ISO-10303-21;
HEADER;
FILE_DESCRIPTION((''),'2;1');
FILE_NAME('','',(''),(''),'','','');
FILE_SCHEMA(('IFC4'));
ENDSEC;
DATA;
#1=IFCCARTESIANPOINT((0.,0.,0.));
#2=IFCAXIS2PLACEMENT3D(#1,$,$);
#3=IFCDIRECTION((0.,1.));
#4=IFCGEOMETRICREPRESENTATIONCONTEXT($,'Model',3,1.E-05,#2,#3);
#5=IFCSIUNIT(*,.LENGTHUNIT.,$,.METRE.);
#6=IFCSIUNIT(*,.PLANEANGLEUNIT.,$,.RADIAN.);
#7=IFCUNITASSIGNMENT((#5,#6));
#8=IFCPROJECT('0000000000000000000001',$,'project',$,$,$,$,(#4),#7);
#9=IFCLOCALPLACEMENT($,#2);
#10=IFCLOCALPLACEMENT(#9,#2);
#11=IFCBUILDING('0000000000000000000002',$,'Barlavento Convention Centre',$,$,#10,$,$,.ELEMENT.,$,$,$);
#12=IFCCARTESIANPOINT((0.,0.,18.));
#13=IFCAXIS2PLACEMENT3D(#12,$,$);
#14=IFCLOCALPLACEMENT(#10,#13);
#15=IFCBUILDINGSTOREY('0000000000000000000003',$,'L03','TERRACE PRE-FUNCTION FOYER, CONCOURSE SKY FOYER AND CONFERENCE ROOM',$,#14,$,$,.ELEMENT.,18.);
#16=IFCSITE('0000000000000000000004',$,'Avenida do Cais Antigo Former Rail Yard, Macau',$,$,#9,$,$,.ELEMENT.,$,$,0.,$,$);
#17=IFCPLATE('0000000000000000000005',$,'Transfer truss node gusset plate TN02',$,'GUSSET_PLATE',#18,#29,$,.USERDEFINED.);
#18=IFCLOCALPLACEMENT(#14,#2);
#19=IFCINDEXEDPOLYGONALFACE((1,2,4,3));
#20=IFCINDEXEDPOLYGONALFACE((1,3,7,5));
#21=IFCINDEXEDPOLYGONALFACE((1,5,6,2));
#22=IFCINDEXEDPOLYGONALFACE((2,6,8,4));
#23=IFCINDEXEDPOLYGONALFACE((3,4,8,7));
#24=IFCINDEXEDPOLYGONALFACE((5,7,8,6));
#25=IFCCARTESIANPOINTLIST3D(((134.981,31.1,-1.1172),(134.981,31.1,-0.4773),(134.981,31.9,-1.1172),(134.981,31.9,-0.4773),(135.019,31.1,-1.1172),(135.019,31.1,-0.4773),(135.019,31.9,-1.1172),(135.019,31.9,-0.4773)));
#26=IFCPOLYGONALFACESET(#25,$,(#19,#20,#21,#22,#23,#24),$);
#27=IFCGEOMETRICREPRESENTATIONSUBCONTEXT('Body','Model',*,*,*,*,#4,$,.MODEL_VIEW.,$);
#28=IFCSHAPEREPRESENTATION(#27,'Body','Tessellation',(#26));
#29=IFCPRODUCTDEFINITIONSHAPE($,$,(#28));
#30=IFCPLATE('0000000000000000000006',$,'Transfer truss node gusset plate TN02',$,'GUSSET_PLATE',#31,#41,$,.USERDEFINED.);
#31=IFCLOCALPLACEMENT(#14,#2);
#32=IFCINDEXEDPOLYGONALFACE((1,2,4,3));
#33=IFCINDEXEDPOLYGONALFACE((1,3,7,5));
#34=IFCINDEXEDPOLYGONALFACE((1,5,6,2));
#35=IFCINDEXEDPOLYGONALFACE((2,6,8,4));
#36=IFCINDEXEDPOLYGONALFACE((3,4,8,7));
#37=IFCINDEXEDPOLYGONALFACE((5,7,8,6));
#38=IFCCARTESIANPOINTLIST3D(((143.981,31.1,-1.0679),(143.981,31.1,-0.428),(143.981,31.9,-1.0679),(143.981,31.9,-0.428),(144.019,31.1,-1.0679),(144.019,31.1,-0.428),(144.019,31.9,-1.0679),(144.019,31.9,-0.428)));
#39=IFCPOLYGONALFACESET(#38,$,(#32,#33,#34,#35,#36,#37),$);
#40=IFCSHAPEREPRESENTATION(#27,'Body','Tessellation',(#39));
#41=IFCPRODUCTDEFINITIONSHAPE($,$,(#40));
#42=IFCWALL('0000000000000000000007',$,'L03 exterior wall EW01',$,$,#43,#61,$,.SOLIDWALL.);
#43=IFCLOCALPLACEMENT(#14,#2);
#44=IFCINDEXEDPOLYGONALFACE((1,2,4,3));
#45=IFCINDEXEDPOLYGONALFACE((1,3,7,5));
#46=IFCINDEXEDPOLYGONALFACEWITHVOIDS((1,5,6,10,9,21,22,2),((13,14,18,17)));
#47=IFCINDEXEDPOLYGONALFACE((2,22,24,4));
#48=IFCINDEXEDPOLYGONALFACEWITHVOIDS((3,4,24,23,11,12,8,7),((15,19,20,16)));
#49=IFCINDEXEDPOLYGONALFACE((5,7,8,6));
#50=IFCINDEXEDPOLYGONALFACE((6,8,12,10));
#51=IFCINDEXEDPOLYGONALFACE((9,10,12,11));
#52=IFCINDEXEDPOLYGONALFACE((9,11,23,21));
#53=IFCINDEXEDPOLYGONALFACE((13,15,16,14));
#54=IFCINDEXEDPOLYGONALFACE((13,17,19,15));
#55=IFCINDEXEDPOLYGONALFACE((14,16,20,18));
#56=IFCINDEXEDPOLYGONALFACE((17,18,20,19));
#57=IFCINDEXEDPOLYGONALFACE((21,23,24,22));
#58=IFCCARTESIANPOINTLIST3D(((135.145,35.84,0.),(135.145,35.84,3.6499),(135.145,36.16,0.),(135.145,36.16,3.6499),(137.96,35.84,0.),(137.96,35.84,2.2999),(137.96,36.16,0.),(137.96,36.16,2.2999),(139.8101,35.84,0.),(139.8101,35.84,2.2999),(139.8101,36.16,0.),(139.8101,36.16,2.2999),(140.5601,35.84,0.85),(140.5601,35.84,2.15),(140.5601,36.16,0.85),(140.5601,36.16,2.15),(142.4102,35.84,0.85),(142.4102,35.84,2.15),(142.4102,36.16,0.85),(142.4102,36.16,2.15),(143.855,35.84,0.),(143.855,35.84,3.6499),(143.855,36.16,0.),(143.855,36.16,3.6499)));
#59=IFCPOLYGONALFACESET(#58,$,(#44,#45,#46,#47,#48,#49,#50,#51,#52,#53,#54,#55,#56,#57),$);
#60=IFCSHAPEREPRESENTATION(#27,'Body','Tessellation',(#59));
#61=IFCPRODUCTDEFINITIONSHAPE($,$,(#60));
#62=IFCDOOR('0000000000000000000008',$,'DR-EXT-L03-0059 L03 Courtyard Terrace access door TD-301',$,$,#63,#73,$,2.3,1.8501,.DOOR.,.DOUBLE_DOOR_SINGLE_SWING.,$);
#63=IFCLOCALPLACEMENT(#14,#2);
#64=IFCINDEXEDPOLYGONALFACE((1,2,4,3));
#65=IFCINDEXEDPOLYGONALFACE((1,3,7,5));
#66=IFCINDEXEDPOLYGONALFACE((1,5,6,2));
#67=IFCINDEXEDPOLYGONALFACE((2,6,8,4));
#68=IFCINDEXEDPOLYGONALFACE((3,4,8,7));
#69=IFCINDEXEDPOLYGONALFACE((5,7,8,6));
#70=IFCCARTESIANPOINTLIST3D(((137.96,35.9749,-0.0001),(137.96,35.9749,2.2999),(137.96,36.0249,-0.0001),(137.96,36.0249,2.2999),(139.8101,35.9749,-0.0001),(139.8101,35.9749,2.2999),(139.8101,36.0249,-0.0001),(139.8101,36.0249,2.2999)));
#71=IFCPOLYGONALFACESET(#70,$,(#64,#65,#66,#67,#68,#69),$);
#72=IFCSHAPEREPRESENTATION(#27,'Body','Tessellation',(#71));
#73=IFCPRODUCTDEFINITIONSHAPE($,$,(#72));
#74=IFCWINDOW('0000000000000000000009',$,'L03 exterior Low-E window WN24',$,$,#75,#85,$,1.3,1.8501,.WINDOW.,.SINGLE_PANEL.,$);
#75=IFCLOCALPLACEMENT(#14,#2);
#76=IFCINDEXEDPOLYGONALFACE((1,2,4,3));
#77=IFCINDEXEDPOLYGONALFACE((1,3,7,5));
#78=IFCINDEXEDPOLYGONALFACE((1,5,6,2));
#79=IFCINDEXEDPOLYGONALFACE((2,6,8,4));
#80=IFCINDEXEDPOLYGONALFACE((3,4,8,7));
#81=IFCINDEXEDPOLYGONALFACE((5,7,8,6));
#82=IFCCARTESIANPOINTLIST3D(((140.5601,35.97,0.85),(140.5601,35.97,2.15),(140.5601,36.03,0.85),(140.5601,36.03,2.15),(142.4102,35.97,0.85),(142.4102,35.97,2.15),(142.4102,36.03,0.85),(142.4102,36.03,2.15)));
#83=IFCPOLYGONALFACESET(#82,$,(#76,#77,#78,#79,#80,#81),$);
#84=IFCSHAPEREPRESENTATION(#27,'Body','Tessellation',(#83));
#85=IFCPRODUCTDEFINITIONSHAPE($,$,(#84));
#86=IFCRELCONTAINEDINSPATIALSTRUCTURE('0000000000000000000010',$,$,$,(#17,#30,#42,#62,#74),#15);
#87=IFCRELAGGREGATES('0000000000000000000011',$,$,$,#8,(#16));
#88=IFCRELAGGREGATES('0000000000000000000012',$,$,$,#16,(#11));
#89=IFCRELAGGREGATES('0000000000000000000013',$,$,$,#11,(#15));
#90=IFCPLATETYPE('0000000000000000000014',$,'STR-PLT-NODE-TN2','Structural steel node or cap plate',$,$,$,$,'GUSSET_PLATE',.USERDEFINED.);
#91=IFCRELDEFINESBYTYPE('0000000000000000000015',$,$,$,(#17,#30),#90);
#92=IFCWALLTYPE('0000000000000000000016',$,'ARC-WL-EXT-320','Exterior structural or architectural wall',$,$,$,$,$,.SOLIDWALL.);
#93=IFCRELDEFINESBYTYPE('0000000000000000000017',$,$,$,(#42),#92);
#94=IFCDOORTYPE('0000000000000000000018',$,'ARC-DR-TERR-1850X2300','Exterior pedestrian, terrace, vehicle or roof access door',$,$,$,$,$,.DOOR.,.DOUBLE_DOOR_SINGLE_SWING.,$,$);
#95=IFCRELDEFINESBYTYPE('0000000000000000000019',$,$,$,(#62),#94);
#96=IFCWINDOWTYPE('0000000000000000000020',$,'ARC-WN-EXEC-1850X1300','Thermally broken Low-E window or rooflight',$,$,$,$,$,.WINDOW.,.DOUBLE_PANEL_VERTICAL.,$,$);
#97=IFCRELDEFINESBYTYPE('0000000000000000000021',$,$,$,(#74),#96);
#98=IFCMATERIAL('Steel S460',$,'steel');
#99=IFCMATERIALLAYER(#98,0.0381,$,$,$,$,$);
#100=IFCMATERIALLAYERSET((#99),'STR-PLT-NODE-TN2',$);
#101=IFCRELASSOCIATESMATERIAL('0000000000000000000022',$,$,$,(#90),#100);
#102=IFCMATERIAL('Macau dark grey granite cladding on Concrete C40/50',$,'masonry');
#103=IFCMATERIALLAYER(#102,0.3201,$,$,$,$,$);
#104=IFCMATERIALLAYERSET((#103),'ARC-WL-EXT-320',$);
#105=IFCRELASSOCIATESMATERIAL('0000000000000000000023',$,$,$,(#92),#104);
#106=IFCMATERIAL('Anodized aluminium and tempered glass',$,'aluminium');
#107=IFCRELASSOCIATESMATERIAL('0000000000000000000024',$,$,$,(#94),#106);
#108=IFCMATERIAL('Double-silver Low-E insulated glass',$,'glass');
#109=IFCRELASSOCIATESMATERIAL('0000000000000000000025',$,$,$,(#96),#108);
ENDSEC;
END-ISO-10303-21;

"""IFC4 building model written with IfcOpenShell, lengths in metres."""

from ifc_helpers import new_model, si_unit, direction, frame, frame_2d, origin, origin_2d, place, context, subcontext, project, spatial, rectangle, extrude, material, layer, layer_set, type_object, element, fill, save


model = new_model("IFC4")

# Units and contexts
model_context = context("Model", 3, precision=1e-05, world=origin(), true_north=direction((0.0, 1.0)))
body_context = subcontext(model_context, "Body", "Model", "MODEL_VIEW")
ifc_project = project(units=[si_unit("LENGTHUNIT", "METRE"), si_unit("PLANEANGLEUNIT", "RADIAN")], contexts=[model_context])

# Site, building, storey
site_placement = place(None, origin())
site = spatial("IfcSite", under=ifc_project, at=site_placement, Name="Avenida do Cais Antigo Former Rail Yard, Macau", CompositionType="ELEMENT", RefElevation=0.0)
building_placement = place(site_placement, origin())
building = spatial("IfcBuilding", under=site, at=building_placement, Name="Barlavento Convention Centre", CompositionType="ELEMENT")
storey_placement = place(building_placement, frame((0.0, 0.0, 18.0)))
storey = spatial("IfcBuildingStorey", under=building, at=storey_placement, Name="L03", Description="TERRACE PRE-FUNCTION FOYER, CONCOURSE SKY FOYER AND CONFERENCE ROOM", CompositionType="ELEMENT", Elevation=18.0)

# Plates
ifc_material_1 = material(Name="Steel S460", Category="steel")
ifc_layer_1 = layer(ifc_material_1, 0.0381)
ifc_layer_set_1 = layer_set([ifc_layer_1], Name="STR-PLT-NODE-TN2")
plate_type = type_object("IfcPlateType", Name="STR-PLT-NODE-TN2", Description="Structural steel node or cap plate", ElementType="GUSSET_PLATE", PredefinedType="USERDEFINED", material=ifc_layer_set_1)
for number, where, z_axis, x_axis, name in (
    (1, (135.0, 31.5, -1.1172), (0.0, 0.0, 1.0), (1.0, 0.0, 0.0), "Transfer truss node gusset plate TN02"),
    (2, (144.0, 31.5, -1.0679), (0.0, 0.0, 1.0), (1.0, 0.0, 0.0), "Transfer truss node gusset plate TN02"),
):
    element("IfcPlate", number, at=place(storey_placement, frame(where, z_axis=z_axis, x_axis=x_axis)), inside=storey, type_object=plate_type, Name=name, ObjectType="GUSSET_PLATE", PredefinedType="USERDEFINED", context=body_context, shape_type="SweptSolid", body=[
        extrude(rectangle(XDim=0.0381, YDim=0.8, at=origin_2d()), origin(), (0.0, 0.0, 1.0), 0.6399),
    ])

# Wall, openings, door, window
ifc_material_2 = material(Name="Macau dark grey granite cladding on Concrete C40/50", Category="masonry")
ifc_layer_2 = layer(ifc_material_2, 0.3201)
ifc_layer_set_2 = layer_set([ifc_layer_2], Name="ARC-WL-EXT-320")
wall_type = type_object("IfcWallType", Name="ARC-WL-EXT-320", Description="Exterior structural or architectural wall", PredefinedType="SOLIDWALL", material=ifc_layer_set_2)
wall_placement = place(storey_placement, frame((135.145, 36.0, 0.0), z_axis=(0.0, 0.0, 1.0), x_axis=(1.0, 0.0, 0.0)))
wall = element("IfcWall", 3, at=wall_placement, inside=storey, type_object=wall_type, Name="L03 exterior wall EW01", PredefinedType="SOLIDWALL", context=body_context, shape_type="SweptSolid", body=[
    extrude(rectangle(XDim=8.71, YDim=0.3201, at=frame_2d((4.355, 0.0))), origin(), (0.0, 0.0, 1.0), 3.6499),
])
opening_1_placement = place(wall_placement, frame((2.8149, 0.0, 0.0)))
opening_1 = element("IfcOpeningElement", 4, at=opening_1_placement, cuts=wall, PredefinedType="OPENING", context=body_context, shape_type="SweptSolid", body=[
    extrude(rectangle(XDim=1.8501, YDim=2.3, at=frame_2d((0.925, 1.1499))), frame((0.0, 0.1699, 0.0), z_axis=(0.0, -1.0, 0.0), x_axis=(1.0, 0.0, 0.0)), (0.0, 0.0, 1.0), 0.3401),
])
opening_2_placement = place(wall_placement, frame((5.415, 0.0, 0.8501)))
opening_2 = element("IfcOpeningElement", 5, at=opening_2_placement, cuts=wall, PredefinedType="OPENING", context=body_context, shape_type="SweptSolid", body=[
    extrude(rectangle(XDim=1.8501, YDim=1.3, at=frame_2d((0.925, 0.6499))), frame((0.0, 0.1699, 0.0), z_axis=(0.0, -1.0, 0.0), x_axis=(1.0, 0.0, 0.0)), (0.0, 0.0, 1.0), 0.3401),
])
ifc_material_3 = material(Name="Anodized aluminium and tempered glass", Category="aluminium")
door_type = type_object("IfcDoorType", Name="ARC-DR-TERR-1850X2300", Description="Exterior pedestrian, terrace, vehicle or roof access door", OperationType="DOUBLE_DOOR_SINGLE_SWING", PredefinedType="DOOR", material=ifc_material_3)
door_placement = place(opening_1_placement, origin())
door = element("IfcDoor", 6, at=door_placement, inside=storey, type_object=door_type, Name="DR-EXT-L03-0059 L03 Courtyard Terrace access door TD-301", OperationType="DOUBLE_DOOR_SINGLE_SWING", OverallHeight=2.3, OverallWidth=1.8501, PredefinedType="DOOR", context=body_context, shape_type="SweptSolid", body=[
    extrude(rectangle(XDim=1.8501, YDim=2.3, at=frame_2d((0.925, 1.1499))), frame((0.0, 0.0249, 0.0), z_axis=(0.0, -1.0, 0.0), x_axis=(1.0, 0.0, 0.0)), (0.0, 0.0, 1.0), 0.05),
])
fill(opening_1, door)
ifc_material_4 = material(Name="Double-silver Low-E insulated glass", Category="glass")
window_type = type_object("IfcWindowType", Name="ARC-WN-EXEC-1850X1300", Description="Thermally broken Low-E window or rooflight", PartitioningType="DOUBLE_PANEL_VERTICAL", PredefinedType="WINDOW", material=ifc_material_4)
window_placement = place(opening_2_placement, origin())
window = element("IfcWindow", 7, at=window_placement, inside=storey, type_object=window_type, Name="L03 exterior Low-E window WN24", OverallHeight=1.3, OverallWidth=1.8501, PartitioningType="SINGLE_PANEL", PredefinedType="WINDOW", context=body_context, shape_type="SweptSolid", body=[
    extrude(rectangle(XDim=1.8501, YDim=1.3, at=frame_2d((0.925, 0.6499))), frame((0.0, 0.03, 0.0), z_axis=(0.0, -1.0, 0.0), x_axis=(1.0, 0.0, 0.0)), (0.0, 0.0, 1.0), 0.0601),
])
fill(opening_2, window)

save(model, "model.ifc")
